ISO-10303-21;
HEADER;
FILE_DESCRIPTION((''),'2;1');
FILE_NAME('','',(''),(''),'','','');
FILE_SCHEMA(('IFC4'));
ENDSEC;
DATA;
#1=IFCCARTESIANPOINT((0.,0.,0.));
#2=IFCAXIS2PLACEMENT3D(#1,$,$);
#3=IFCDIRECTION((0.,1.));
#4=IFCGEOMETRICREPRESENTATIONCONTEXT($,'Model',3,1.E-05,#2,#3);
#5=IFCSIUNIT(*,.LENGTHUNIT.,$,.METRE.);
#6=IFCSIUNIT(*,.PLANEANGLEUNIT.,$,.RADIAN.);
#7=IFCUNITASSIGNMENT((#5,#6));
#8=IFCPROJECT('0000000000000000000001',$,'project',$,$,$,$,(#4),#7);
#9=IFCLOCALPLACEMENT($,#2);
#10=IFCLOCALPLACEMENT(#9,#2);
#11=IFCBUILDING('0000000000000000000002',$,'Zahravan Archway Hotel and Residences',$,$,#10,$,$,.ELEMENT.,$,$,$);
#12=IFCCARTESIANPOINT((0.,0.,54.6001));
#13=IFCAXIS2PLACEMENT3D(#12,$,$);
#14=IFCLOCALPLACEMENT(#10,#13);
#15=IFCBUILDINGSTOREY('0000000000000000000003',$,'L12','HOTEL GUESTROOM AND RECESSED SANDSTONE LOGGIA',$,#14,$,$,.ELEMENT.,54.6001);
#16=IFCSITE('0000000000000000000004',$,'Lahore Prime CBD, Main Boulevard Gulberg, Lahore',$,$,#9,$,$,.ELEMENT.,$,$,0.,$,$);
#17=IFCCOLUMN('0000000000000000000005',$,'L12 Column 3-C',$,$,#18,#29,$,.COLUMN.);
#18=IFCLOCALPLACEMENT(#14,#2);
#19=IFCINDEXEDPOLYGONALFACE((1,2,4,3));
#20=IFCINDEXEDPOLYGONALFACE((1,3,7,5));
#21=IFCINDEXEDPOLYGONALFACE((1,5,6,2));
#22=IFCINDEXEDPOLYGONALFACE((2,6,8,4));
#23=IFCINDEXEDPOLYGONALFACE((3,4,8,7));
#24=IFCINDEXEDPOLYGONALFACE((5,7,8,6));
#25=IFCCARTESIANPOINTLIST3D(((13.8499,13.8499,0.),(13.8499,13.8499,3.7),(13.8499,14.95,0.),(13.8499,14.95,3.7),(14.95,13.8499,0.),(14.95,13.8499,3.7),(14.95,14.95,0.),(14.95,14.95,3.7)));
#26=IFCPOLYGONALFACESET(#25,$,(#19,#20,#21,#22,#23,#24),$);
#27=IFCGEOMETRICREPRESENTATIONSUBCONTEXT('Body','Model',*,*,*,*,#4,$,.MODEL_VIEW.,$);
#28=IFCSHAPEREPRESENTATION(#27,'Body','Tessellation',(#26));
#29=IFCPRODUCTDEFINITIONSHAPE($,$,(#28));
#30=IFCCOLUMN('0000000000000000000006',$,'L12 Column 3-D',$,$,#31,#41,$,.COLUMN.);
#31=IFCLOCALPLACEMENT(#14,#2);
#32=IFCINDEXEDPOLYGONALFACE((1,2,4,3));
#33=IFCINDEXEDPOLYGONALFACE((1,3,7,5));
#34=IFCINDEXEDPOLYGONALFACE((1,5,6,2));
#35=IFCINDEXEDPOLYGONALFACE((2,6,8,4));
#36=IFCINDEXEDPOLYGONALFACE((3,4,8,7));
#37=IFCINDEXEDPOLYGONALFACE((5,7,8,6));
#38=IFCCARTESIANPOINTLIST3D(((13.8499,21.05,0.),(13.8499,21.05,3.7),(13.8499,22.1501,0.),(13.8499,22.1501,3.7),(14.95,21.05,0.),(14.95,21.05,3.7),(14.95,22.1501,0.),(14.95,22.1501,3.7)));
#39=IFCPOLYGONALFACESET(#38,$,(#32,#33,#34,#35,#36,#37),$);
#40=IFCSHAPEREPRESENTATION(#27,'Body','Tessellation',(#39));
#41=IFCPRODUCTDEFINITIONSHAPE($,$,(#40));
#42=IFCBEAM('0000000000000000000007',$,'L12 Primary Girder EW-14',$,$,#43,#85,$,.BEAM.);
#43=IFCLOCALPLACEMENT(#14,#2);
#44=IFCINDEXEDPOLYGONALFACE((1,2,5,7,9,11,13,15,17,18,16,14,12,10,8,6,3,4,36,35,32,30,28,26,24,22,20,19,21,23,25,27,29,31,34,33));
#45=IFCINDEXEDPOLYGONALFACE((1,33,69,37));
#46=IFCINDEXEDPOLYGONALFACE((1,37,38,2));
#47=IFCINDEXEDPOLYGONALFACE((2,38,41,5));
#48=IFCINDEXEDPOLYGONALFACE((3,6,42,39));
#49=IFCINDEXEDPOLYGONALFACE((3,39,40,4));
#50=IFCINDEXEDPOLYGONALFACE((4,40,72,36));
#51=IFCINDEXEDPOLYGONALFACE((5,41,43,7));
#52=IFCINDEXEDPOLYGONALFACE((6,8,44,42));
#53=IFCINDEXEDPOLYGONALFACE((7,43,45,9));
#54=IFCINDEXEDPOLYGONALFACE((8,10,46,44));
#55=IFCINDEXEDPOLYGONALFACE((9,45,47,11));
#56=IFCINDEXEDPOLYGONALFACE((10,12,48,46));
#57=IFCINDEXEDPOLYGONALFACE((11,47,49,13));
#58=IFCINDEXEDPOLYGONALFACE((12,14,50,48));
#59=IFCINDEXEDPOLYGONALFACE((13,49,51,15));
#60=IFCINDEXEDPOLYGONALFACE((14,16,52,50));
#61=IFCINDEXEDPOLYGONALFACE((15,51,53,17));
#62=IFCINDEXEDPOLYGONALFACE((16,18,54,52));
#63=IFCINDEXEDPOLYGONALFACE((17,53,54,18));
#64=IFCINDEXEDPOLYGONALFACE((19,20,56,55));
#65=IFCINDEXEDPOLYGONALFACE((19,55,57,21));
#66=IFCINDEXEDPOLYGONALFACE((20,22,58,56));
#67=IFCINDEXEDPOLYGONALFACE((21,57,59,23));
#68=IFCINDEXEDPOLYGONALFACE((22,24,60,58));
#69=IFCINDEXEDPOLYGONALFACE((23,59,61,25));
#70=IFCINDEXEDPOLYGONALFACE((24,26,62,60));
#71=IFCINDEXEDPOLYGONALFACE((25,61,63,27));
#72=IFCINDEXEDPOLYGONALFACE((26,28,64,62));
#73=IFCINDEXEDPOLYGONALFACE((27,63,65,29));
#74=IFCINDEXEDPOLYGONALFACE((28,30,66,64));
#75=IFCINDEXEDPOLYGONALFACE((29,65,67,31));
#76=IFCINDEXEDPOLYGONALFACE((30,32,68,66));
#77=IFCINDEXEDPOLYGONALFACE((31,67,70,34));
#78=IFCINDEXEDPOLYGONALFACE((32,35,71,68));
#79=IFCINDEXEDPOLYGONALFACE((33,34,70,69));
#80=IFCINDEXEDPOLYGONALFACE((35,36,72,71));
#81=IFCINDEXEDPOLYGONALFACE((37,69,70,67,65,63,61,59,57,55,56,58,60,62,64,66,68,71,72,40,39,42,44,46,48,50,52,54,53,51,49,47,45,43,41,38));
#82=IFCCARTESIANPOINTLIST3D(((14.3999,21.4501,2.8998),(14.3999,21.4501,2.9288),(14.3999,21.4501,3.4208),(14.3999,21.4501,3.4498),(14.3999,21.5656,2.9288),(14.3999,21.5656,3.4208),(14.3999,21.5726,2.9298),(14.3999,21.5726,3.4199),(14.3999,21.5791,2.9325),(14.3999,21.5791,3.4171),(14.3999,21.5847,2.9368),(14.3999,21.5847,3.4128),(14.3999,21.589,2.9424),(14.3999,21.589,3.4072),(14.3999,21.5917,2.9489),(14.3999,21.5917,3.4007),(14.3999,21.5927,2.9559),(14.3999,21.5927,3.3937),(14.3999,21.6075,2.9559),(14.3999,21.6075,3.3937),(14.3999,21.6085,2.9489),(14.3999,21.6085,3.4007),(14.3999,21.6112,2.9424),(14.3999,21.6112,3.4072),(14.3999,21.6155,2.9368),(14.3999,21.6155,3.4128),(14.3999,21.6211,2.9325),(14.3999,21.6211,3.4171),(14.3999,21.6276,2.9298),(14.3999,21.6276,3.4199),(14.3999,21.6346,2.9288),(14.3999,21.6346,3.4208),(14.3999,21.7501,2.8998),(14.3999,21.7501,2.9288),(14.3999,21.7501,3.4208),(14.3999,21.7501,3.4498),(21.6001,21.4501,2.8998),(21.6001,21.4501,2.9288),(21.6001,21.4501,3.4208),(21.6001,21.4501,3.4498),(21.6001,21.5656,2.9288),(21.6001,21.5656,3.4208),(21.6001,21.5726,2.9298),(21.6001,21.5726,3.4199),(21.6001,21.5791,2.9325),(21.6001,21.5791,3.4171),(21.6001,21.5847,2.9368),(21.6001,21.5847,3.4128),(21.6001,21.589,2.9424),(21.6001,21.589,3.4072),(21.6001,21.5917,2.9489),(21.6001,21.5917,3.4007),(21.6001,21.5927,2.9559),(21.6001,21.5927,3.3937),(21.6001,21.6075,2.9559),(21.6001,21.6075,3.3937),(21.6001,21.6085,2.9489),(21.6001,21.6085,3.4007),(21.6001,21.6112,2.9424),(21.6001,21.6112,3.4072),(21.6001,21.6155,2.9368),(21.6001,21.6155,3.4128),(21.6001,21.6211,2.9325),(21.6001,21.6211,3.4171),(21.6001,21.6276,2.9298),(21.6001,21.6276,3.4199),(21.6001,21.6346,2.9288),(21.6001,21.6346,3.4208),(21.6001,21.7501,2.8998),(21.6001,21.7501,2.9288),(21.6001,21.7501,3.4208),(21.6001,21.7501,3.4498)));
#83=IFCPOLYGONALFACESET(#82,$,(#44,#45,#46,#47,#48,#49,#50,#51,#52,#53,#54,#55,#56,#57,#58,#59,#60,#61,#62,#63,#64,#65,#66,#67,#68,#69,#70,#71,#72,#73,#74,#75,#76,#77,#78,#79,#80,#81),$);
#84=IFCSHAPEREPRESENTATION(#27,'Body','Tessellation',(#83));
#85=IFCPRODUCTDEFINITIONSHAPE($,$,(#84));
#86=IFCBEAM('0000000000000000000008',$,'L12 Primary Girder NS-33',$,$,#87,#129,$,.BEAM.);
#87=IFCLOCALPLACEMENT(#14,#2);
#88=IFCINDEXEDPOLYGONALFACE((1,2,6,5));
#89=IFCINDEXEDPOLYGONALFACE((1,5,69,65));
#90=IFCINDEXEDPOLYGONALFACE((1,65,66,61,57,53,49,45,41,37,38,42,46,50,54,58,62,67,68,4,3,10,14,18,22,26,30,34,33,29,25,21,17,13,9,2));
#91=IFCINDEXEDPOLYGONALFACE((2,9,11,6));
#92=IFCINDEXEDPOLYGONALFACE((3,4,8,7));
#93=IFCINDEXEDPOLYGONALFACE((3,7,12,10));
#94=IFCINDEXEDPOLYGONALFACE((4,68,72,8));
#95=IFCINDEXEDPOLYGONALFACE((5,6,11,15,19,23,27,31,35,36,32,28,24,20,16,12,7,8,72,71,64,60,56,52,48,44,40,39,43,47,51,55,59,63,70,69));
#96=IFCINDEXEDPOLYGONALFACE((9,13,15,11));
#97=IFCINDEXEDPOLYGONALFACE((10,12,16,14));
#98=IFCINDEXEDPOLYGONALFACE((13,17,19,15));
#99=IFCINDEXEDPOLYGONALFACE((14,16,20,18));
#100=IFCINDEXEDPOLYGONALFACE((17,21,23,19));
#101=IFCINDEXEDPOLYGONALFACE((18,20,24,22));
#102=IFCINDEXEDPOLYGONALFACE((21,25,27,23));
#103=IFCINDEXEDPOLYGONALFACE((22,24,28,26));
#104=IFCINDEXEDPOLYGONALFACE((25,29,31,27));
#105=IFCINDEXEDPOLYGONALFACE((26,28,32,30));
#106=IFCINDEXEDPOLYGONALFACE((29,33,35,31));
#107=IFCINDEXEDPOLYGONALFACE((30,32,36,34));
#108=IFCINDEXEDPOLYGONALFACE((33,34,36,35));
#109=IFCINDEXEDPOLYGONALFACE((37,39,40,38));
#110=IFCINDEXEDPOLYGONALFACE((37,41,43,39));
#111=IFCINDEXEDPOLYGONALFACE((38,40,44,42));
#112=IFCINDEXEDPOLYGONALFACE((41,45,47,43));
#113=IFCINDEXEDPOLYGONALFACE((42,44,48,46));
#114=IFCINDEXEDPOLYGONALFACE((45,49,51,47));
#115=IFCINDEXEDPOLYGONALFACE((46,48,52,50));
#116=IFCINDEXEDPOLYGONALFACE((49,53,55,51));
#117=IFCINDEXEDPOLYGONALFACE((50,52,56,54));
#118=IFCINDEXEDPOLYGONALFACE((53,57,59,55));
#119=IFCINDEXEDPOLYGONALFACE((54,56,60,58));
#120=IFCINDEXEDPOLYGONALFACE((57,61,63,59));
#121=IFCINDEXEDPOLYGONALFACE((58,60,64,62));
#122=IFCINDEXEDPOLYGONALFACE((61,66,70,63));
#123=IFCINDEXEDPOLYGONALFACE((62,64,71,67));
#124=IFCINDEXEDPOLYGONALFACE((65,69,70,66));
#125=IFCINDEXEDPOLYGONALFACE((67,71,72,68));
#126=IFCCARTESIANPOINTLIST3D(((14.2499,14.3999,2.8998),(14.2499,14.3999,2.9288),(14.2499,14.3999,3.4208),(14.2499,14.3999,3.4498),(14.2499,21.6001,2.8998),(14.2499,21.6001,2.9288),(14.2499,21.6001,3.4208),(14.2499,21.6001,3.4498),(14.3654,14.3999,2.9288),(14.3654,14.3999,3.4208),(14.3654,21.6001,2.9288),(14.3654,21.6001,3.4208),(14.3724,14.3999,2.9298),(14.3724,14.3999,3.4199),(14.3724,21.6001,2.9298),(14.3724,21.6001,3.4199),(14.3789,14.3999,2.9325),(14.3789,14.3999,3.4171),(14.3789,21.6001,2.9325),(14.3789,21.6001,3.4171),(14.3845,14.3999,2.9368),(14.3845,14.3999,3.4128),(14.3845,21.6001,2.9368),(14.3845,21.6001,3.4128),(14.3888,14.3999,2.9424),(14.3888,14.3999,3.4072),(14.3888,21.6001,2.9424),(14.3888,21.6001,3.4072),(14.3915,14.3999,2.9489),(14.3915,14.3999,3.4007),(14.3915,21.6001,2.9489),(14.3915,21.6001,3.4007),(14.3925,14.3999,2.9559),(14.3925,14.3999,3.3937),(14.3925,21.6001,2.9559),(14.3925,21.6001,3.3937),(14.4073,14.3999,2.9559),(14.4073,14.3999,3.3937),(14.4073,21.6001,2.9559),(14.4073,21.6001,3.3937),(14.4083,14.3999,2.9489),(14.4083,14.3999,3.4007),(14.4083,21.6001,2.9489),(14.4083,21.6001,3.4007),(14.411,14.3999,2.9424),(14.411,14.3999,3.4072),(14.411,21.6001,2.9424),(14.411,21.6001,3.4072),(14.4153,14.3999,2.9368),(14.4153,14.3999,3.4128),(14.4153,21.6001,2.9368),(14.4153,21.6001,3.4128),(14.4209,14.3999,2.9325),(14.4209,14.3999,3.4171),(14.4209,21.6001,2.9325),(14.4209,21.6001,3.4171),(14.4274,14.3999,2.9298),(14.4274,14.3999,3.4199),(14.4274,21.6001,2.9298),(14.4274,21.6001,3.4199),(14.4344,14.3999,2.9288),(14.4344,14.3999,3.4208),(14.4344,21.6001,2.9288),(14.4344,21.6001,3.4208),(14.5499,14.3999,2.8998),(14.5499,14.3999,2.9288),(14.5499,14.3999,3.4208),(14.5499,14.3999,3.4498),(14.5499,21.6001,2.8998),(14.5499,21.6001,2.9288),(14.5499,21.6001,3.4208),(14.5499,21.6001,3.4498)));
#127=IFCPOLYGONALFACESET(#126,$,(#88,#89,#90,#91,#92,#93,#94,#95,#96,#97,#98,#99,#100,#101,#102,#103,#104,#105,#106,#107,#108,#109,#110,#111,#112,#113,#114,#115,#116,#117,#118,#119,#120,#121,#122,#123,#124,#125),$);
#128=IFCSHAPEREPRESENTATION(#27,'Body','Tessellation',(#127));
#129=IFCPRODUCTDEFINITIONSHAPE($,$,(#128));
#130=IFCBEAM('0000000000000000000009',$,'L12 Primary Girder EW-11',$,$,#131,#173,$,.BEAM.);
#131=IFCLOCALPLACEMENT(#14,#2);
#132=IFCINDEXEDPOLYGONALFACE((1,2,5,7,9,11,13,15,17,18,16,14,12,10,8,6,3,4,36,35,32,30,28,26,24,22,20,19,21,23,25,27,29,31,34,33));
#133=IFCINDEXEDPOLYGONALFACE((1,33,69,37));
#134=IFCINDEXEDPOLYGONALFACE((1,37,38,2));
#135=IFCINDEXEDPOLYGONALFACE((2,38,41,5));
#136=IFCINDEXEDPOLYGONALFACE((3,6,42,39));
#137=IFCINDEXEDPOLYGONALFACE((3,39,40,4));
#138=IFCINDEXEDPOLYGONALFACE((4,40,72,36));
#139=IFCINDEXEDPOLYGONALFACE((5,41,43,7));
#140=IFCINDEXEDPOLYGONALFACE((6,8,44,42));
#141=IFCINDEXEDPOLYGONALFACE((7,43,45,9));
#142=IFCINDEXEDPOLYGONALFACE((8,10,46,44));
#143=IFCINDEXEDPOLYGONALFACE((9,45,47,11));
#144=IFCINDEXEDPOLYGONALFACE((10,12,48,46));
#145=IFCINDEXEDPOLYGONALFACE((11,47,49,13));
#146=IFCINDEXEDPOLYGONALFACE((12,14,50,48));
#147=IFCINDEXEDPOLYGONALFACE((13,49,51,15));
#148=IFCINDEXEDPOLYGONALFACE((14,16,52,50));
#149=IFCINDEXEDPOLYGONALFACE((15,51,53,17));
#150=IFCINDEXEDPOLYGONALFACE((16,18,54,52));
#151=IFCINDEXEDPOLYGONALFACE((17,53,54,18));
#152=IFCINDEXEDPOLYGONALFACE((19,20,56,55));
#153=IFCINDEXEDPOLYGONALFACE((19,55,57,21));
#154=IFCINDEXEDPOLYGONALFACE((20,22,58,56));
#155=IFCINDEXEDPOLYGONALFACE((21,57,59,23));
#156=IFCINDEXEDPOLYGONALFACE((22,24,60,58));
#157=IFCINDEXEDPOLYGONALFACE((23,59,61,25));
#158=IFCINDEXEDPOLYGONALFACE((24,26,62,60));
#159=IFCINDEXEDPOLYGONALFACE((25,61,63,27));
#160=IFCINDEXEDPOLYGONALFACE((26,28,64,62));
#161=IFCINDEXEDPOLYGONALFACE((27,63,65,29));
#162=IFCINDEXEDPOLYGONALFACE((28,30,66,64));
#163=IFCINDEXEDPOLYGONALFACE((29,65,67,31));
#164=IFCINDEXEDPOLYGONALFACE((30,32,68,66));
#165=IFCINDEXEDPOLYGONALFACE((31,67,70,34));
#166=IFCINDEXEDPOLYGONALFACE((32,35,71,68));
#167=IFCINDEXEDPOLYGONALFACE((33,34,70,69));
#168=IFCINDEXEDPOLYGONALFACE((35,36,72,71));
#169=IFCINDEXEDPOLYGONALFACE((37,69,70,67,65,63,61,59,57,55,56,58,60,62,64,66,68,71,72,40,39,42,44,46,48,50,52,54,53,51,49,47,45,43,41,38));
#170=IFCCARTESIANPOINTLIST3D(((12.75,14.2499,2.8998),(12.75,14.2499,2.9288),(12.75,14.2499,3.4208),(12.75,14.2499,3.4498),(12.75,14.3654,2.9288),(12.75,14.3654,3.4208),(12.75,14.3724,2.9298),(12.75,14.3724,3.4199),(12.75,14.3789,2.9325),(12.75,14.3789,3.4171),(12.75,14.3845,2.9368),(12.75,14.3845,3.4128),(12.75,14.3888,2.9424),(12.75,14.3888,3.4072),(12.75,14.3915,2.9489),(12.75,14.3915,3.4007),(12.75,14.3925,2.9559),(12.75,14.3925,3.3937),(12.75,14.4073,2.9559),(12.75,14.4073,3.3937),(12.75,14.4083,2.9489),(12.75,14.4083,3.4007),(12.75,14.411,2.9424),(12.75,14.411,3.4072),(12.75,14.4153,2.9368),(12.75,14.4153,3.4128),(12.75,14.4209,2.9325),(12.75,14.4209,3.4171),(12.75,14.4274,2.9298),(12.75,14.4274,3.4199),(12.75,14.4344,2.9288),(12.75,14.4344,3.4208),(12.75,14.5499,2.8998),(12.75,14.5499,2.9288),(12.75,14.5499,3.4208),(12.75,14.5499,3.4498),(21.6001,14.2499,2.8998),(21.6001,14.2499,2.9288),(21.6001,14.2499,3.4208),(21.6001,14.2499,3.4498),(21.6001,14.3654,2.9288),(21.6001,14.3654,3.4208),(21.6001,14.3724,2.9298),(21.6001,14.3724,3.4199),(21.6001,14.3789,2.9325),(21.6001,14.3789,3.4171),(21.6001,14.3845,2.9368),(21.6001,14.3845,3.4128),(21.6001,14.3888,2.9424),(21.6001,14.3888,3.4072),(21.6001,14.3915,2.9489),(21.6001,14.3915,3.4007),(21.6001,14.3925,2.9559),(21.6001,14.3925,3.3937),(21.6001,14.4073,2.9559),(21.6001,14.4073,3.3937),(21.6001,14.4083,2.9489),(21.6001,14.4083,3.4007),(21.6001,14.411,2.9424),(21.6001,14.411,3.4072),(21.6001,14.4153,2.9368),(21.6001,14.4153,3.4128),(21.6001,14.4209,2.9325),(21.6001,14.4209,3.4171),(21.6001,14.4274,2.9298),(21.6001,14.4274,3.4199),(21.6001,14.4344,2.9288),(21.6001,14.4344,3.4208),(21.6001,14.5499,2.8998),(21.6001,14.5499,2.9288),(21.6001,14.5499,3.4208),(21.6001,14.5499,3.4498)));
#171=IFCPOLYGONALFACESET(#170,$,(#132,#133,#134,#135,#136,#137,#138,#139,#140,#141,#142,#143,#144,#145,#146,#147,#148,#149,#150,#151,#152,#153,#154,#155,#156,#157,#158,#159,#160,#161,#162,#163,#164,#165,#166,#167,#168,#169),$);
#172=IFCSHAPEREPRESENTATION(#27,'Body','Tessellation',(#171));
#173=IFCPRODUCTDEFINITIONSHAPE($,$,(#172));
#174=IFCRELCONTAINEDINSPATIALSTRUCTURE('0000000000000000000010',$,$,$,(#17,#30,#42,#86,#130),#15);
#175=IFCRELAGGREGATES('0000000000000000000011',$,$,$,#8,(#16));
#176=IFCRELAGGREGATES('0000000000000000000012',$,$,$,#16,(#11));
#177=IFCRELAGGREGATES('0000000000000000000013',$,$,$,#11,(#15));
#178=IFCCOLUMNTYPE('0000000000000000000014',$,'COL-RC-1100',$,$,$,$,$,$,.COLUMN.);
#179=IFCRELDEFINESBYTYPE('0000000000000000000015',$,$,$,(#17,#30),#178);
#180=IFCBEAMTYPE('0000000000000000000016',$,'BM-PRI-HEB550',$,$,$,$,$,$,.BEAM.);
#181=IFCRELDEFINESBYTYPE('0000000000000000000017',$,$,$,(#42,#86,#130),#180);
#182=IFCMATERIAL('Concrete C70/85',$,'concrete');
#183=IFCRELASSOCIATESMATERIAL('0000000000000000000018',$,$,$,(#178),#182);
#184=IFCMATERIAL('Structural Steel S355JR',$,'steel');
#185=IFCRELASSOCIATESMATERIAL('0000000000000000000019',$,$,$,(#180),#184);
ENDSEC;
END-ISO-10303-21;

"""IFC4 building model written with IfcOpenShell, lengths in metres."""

from ifc_helpers import new_model, si_unit, direction, frame, origin, origin_2d, place, context, subcontext, project, spatial, rectangle, i_section, extrude, source, transform, mapped, material, material_profile, profile_set, type_object, type_shapes, element, save


model = new_model("IFC4")

# Units and contexts
model_context = context("Model", 3, precision=1e-05, world=origin(), true_north=direction((0.0, 1.0)))
body_context = subcontext(model_context, "Body", "Model", "MODEL_VIEW")
ifc_project = project(units=[si_unit("LENGTHUNIT", "METRE"), si_unit("PLANEANGLEUNIT", "RADIAN")], contexts=[model_context])

# Site, building, storey
site_placement = place(None, origin())
site = spatial("IfcSite", under=ifc_project, at=site_placement, Name="Lahore Prime CBD, Main Boulevard Gulberg, Lahore", CompositionType="ELEMENT", RefElevation=0.0)
building_placement = place(site_placement, origin())
building = spatial("IfcBuilding", under=site, at=building_placement, Name="Zahravan Archway Hotel and Residences", CompositionType="ELEMENT")
storey_placement = place(building_placement, frame((0.0, 0.0, 54.6001)))
storey = spatial("IfcBuildingStorey", under=building, at=storey_placement, Name="L12", Description="HOTEL GUESTROOM AND RECESSED SANDSTONE LOGGIA", CompositionType="ELEMENT", Elevation=54.6001)

# Columns
ifc_material_1 = material(Name="Concrete C70/85", Category="concrete")
ifc_material_profile_1 = material_profile(ifc_material_1, rectangle(XDim=1.1001, YDim=1.1001, at=origin_2d()), Name="RC 1100x1100", Category="concrete")
ifc_profile_set_1 = profile_set([ifc_material_profile_1], Name="Concrete C70/85")
column_type = type_object("IfcColumnType", Name="COL-RC-1100", PredefinedType="COLUMN", material=ifc_profile_set_1)
shared_shape_1 = source(origin(), body_context, "Body", "SweptSolid", [
    extrude(rectangle(XDim=1.1001, YDim=1.1001, at=origin_2d()), origin(), (0.0, 0.0, 1.0), 3.7),
])
for number, where, z_axis, x_axis, name in (
    (1, (14.3999, 14.3999, 0.0), (0.0, 0.0, 1.0), (1.0, 0.0, 0.0), "L12 Column 3-C"),
    (2, (14.3999, 21.6001, 0.0), (0.0, 0.0, 1.0), (1.0, 0.0, 0.0), "L12 Column 3-D"),
):
    element("IfcColumn", number, at=place(storey_placement, frame(where, z_axis=z_axis, x_axis=x_axis)), inside=storey, type_object=column_type, Name=name, PredefinedType="COLUMN", context=body_context, shape_type="MappedRepresentation", body=[
        mapped(shared_shape_1, transform((0.0, 0.0, 0.0), scale=1.0)),
    ])

# Beams
ifc_material_2 = material(Name="Structural Steel S355JR", Category="steel")
ifc_material_profile_2 = material_profile(ifc_material_2, i_section(OverallWidth=0.3, OverallDepth=0.55, WebThickness=0.0149, FlangeThickness=0.0291, FilletRadius=0.0271, at=origin_2d()), Name="HEB 550", Category="steel")
ifc_profile_set_2 = profile_set([ifc_material_profile_2], Name="Structural Steel S355JR")
beam_type_1 = type_object("IfcBeamType", Name="BM-PRI-HEB550", PredefinedType="BEAM", material=ifc_profile_set_2)
shared_shape_2 = source(origin(), body_context, "Body", "SweptSolid", [
    extrude(i_section(OverallWidth=0.3, OverallDepth=0.55, WebThickness=0.0149, FlangeThickness=0.0291, FilletRadius=0.0271, at=origin_2d()), origin(), (0.0, 0.0, 1.0), 7.2002),
])
type_shapes(beam_type_1, [shared_shape_2])
for number, where, z_axis, x_axis, name in (
    (3, (14.3999, 21.6001, 3.1748), (1.0, 0.0, 0.0), (0.0, 1.0, 0.0), "L12 Primary Girder EW-14"),
    (4, (14.3999, 14.3999, 3.1748), (0.0, 1.0, 0.0), (-1.0, 0.0, 0.0), "L12 Primary Girder NS-33"),
):
    element("IfcBeam", number, at=place(storey_placement, frame(where, z_axis=z_axis, x_axis=x_axis)), inside=storey, type_object=beam_type_1, Name=name, PredefinedType="BEAM", context=body_context, shape_type="MappedRepresentation", body=[
        mapped(shared_shape_2, transform((0.0, 0.0, 0.0), scale=1.0)),
    ])
shared_shape_3 = source(origin(), body_context, "Body", "SweptSolid", [
    extrude(i_section(OverallWidth=0.3, OverallDepth=0.55, WebThickness=0.0149, FlangeThickness=0.0291, FilletRadius=0.0271, at=origin_2d()), origin(), (0.0, 0.0, 1.0), 8.8501),
])
beam_1_placement = place(storey_placement, frame((12.75, 14.3999, 3.1748), z_axis=(1.0, 0.0, 0.0), x_axis=(0.0, 1.0, 0.0)))
element("IfcBeam", 5, at=beam_1_placement, inside=storey, type_object=beam_type_1, Name="L12 Primary Girder EW-11", PredefinedType="BEAM", context=body_context, shape_type="MappedRepresentation", body=[
    mapped(shared_shape_3, transform((0.0, 0.0, 0.0), scale=1.0)),
])

save(model, "model.ifc")
